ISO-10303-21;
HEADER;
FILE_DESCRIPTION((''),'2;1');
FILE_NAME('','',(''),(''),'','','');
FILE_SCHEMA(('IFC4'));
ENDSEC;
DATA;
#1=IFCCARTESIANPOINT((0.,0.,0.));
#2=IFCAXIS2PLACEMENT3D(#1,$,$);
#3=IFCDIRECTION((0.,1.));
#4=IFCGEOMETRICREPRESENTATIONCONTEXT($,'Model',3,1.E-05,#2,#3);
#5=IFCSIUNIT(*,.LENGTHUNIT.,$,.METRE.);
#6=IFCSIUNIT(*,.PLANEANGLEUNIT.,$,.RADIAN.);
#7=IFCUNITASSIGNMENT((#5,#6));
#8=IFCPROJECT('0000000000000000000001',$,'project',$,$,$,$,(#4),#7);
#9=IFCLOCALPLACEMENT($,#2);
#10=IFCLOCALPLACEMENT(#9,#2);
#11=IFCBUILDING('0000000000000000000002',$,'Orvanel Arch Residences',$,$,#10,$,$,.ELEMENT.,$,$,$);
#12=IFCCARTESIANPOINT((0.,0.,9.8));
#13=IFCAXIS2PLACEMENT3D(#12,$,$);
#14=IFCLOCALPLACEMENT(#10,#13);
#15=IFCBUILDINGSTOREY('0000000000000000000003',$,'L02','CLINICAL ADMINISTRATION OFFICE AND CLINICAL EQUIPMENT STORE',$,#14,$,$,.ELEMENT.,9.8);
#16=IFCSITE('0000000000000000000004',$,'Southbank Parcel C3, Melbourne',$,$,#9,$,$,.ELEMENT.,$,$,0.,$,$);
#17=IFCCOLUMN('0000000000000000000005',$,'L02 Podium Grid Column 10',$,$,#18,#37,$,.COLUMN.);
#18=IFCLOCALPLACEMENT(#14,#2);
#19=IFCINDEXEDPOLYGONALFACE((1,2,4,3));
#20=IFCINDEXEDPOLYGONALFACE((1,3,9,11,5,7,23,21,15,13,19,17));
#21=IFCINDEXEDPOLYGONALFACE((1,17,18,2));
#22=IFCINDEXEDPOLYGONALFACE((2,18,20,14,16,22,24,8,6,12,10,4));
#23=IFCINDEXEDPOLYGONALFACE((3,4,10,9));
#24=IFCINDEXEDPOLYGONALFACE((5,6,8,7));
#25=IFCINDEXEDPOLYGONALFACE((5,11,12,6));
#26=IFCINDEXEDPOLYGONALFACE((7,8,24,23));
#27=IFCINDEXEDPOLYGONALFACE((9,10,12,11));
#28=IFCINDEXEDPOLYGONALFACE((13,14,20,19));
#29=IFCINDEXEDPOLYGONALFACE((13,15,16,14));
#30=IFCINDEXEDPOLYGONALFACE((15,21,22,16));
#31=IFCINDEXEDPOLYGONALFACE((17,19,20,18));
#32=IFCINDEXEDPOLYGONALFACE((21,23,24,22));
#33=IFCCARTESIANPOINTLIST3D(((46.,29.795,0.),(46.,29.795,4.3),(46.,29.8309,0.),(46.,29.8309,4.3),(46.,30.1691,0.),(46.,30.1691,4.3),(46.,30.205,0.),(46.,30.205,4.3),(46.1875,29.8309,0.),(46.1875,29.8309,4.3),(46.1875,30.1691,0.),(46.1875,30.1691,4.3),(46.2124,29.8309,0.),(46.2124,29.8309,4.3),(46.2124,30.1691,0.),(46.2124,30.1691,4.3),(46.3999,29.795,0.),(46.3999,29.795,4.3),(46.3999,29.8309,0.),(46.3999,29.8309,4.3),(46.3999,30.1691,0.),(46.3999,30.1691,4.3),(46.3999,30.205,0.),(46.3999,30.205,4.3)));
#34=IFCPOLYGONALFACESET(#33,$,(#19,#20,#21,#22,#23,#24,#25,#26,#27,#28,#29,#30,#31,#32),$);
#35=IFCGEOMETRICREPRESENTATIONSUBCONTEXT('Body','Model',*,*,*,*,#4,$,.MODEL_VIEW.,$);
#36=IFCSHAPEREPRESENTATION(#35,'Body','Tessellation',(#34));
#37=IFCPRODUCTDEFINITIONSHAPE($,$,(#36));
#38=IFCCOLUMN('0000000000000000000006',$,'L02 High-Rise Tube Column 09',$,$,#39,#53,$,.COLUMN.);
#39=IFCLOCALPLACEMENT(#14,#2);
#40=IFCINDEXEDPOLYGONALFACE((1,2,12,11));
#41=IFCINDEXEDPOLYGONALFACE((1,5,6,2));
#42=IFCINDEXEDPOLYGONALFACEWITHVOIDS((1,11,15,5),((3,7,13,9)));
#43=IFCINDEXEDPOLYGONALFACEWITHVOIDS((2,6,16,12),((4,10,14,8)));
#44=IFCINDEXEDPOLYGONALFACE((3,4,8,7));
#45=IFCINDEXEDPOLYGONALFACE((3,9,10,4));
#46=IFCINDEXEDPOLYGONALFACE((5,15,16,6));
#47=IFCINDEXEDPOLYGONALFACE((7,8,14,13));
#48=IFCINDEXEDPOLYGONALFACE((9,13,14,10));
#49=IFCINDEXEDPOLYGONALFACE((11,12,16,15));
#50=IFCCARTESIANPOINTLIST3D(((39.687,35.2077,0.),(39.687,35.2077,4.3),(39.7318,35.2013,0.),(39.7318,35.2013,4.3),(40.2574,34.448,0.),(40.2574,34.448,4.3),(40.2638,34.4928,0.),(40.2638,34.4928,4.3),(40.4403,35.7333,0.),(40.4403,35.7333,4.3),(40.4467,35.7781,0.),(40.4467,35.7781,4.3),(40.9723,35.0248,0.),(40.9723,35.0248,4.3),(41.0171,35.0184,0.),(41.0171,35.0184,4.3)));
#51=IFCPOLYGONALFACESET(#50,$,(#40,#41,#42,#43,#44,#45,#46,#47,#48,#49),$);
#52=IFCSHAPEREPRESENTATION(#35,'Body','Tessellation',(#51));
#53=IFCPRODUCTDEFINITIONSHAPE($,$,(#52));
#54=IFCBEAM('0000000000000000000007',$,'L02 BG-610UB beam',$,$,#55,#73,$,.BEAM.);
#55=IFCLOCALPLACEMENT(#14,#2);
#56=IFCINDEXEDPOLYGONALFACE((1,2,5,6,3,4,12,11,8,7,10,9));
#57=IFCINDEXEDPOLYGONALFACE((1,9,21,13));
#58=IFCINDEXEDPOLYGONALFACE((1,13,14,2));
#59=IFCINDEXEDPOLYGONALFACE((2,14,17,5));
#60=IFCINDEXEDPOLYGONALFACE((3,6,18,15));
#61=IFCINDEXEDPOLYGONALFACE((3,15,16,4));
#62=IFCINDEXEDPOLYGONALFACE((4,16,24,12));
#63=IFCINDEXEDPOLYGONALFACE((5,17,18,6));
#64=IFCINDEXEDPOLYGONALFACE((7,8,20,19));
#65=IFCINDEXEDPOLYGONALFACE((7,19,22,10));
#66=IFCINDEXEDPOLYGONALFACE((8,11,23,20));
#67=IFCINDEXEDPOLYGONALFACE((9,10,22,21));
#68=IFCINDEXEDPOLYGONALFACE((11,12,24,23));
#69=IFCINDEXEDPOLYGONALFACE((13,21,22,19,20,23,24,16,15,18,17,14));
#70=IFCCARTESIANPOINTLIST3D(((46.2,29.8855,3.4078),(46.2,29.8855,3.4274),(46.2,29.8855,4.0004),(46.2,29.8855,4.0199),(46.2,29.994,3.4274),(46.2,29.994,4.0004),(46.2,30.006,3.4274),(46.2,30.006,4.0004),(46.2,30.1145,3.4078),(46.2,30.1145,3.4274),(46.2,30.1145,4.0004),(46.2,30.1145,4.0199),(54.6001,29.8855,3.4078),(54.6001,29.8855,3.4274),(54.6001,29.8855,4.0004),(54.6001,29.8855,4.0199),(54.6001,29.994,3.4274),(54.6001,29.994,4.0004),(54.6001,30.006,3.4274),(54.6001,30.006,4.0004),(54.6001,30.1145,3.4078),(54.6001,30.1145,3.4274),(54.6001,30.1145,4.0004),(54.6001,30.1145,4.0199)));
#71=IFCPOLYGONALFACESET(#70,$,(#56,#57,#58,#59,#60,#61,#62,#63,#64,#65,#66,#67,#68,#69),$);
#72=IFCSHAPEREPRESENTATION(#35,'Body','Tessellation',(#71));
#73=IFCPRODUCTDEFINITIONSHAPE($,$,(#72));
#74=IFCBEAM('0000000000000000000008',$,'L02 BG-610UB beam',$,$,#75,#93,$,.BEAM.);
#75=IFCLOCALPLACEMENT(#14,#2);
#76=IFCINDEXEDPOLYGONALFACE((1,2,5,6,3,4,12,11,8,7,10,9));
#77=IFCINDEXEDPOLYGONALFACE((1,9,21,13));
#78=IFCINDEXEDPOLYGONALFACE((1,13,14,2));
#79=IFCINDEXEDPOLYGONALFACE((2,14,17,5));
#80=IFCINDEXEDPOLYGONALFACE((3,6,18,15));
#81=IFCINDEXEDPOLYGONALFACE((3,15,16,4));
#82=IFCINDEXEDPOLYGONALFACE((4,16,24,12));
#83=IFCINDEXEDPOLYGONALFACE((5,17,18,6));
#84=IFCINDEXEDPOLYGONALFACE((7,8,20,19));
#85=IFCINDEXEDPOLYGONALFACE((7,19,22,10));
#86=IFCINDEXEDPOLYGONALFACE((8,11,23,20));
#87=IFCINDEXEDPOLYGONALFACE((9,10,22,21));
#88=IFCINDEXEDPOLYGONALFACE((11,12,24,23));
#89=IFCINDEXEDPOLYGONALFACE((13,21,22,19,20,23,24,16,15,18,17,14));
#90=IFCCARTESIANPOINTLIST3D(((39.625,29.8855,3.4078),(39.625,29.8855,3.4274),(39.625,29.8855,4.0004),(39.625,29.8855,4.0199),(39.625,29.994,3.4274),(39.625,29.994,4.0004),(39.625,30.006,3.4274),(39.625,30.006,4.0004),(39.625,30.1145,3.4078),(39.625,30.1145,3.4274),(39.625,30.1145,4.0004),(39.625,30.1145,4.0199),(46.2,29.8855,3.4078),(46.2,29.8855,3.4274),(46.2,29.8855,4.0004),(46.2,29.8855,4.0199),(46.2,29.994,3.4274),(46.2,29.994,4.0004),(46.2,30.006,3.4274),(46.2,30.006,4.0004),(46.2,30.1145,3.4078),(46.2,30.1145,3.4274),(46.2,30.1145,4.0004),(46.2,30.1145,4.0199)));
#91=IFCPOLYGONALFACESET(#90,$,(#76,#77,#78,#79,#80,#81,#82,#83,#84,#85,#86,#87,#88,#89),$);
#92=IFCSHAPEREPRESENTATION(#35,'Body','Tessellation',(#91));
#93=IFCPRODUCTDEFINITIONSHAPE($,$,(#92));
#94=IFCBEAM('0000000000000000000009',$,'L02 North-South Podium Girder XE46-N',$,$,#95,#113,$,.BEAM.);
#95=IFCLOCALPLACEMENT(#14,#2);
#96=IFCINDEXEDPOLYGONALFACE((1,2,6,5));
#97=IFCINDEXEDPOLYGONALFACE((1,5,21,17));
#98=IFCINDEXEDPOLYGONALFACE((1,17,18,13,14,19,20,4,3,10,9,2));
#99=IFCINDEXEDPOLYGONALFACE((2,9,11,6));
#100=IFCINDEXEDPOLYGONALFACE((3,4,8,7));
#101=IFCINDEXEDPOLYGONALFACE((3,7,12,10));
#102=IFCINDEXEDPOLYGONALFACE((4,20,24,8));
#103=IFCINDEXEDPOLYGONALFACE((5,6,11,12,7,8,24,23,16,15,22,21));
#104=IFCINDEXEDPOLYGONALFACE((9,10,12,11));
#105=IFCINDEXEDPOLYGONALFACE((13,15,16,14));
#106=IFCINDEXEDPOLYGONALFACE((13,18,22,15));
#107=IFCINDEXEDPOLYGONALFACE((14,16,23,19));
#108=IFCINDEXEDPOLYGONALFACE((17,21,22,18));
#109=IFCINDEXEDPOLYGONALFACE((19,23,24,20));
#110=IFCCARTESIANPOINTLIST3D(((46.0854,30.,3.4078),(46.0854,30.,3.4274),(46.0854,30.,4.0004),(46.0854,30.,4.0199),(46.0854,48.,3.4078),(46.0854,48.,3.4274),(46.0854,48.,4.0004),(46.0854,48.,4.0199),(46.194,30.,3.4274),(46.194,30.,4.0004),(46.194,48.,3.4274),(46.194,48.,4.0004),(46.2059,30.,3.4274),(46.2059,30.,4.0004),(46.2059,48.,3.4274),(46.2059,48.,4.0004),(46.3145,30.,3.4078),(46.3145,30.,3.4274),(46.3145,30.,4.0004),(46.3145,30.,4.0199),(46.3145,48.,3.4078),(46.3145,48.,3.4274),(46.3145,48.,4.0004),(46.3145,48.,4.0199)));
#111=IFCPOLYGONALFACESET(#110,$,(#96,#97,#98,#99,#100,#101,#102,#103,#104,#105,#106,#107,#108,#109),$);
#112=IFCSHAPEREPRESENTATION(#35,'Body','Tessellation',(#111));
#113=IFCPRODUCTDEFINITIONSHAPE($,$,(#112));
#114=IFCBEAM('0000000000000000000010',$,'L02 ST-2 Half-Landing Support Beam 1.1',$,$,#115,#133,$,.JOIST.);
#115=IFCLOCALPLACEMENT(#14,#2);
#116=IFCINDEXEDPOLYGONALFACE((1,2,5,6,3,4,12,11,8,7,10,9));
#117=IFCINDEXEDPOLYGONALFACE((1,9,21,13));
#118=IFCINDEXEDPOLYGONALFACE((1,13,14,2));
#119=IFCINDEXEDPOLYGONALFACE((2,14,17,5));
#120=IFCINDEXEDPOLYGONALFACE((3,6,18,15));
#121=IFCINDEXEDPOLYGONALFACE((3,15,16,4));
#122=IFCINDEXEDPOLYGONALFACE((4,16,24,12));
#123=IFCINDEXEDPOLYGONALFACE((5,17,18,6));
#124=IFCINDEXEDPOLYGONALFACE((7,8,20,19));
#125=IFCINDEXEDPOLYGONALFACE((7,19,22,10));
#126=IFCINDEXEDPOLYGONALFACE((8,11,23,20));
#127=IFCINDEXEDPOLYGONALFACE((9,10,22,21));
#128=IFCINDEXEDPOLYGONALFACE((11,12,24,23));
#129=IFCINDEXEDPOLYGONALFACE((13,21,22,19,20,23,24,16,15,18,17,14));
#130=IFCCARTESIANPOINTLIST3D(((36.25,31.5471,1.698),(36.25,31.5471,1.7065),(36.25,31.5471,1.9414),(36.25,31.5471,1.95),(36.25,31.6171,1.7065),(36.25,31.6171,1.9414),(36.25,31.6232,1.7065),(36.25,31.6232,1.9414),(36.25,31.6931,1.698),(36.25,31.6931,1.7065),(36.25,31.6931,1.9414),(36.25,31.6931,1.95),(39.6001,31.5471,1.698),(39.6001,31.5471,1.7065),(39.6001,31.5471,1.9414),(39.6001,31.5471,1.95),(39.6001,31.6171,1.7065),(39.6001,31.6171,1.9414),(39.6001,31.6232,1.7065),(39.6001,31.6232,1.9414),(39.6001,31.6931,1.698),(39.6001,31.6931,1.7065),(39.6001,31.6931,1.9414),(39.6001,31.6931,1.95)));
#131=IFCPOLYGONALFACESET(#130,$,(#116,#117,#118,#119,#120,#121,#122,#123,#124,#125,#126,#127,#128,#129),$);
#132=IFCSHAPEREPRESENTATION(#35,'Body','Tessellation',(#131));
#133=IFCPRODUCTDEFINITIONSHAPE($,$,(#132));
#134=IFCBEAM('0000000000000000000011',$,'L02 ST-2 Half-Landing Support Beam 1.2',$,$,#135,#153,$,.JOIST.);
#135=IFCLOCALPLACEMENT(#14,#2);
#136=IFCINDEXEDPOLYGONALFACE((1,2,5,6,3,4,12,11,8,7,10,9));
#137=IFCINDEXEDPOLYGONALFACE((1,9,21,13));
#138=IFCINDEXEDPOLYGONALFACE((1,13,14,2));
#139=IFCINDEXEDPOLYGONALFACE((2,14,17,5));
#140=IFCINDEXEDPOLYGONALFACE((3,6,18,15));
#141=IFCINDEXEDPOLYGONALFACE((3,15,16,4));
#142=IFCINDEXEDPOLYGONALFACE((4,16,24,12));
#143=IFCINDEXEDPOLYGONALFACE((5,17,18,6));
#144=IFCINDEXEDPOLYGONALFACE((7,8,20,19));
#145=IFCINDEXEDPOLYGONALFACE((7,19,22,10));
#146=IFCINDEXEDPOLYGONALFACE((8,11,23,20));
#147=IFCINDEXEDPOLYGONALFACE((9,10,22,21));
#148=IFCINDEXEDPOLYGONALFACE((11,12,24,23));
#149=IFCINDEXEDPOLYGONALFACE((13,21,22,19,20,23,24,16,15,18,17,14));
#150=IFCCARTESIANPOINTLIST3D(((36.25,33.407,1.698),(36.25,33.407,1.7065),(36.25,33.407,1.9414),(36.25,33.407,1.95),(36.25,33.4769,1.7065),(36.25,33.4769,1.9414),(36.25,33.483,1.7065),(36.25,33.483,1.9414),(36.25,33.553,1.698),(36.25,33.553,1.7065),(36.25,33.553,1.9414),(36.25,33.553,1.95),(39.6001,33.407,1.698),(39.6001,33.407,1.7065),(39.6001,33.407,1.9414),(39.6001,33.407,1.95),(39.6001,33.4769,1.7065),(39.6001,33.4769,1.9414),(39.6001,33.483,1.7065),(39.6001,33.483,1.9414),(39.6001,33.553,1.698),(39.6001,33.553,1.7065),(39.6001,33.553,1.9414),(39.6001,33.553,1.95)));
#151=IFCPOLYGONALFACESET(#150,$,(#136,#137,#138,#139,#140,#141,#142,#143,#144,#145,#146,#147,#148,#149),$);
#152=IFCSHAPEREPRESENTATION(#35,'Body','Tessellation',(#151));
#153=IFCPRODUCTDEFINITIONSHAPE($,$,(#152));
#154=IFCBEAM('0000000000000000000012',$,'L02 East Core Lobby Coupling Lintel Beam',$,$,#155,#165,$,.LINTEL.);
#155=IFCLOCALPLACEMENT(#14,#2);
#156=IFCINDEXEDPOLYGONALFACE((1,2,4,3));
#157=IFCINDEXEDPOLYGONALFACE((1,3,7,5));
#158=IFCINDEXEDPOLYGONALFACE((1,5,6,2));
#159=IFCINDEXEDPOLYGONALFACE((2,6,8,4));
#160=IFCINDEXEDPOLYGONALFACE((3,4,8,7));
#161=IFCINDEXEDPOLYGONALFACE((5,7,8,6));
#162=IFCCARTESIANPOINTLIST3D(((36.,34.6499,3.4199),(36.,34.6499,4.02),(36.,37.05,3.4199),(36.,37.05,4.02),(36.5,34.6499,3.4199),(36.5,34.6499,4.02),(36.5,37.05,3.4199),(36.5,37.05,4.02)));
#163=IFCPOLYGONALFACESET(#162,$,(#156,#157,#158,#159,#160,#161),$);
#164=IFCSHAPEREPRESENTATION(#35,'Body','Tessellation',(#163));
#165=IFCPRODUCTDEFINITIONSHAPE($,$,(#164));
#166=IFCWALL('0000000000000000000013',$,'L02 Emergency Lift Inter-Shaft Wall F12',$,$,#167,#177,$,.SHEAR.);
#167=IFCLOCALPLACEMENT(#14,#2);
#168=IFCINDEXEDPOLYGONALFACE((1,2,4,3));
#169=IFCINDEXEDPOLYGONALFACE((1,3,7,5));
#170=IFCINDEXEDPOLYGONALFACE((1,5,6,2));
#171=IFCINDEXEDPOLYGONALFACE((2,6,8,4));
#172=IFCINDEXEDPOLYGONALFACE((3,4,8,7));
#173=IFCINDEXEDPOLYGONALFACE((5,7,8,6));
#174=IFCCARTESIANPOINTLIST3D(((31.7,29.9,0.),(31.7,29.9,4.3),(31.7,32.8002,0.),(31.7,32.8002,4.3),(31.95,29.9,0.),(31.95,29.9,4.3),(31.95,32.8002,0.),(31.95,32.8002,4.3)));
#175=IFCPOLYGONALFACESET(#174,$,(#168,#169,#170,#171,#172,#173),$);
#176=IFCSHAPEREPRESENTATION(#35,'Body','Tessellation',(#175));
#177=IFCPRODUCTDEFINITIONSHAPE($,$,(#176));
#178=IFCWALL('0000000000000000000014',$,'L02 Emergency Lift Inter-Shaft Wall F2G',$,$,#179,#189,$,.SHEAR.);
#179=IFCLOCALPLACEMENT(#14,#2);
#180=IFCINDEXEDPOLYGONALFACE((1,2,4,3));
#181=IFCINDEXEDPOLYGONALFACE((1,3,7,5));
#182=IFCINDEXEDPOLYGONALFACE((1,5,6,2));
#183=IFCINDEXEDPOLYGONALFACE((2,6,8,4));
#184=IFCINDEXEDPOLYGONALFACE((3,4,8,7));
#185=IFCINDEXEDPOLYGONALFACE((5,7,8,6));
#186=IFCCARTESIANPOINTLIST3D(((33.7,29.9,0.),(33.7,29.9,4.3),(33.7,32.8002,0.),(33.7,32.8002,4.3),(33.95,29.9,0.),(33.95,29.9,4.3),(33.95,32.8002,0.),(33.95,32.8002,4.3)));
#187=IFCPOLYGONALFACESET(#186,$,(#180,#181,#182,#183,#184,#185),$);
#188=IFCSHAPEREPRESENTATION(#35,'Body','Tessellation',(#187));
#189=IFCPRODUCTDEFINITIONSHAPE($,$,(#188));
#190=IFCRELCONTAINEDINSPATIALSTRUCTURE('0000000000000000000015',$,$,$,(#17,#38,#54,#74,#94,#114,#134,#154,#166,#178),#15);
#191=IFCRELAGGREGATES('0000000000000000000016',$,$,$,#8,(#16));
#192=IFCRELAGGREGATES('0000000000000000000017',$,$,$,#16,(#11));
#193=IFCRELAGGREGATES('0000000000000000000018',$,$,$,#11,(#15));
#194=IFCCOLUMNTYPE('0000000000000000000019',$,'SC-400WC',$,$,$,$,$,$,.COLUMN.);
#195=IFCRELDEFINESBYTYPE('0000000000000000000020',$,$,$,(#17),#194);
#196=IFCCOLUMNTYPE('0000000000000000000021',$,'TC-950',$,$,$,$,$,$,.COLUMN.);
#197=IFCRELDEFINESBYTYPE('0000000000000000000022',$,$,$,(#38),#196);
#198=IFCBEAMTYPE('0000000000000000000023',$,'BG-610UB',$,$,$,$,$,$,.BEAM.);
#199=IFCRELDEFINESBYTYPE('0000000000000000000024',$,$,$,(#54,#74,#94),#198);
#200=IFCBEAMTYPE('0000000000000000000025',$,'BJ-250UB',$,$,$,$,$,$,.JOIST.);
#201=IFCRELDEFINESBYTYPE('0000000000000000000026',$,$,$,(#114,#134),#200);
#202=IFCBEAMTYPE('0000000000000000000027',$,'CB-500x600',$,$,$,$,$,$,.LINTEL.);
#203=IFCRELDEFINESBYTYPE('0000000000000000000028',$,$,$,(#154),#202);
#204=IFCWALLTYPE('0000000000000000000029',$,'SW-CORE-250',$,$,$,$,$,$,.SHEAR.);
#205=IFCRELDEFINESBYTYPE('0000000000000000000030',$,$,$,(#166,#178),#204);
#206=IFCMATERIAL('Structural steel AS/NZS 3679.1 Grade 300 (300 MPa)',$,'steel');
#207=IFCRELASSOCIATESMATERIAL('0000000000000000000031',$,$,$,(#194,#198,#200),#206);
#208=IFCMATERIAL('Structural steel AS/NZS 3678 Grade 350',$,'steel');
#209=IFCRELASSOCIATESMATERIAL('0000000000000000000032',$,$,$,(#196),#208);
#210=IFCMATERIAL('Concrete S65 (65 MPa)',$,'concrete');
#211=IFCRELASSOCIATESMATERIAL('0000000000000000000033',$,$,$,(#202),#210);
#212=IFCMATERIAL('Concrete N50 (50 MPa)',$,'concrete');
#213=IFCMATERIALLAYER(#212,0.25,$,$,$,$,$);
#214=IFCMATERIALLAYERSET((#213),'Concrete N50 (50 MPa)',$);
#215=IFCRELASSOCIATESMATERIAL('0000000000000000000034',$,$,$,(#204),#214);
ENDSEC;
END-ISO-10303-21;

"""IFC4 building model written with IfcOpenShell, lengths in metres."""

from ifc_helpers import new_model, si_unit, direction, frame, frame_2d, origin, origin_2d, place, context, subcontext, project, spatial, rectangle, hollow_rectangle, i_section, extrude, material, layer, layer_set, material_profile, profile_set, type_object, element, save


model = new_model("IFC4")

# Units and contexts
model_context = context("Model", 3, precision=1e-05, world=origin(), true_north=direction((0.0, 1.0)))
body_context = subcontext(model_context, "Body", "Model", "MODEL_VIEW")
ifc_project = project(units=[si_unit("LENGTHUNIT", "METRE"), si_unit("PLANEANGLEUNIT", "RADIAN")], contexts=[model_context])

# Site, building, storey
site_placement = place(None, origin())
site = spatial("IfcSite", under=ifc_project, at=site_placement, Name="Southbank Parcel C3, Melbourne", CompositionType="ELEMENT", RefElevation=0.0)
building_placement = place(site_placement, origin())
building = spatial("IfcBuilding", under=site, at=building_placement, Name="Orvanel Arch Residences", CompositionType="ELEMENT")
storey_placement = place(building_placement, frame((0.0, 0.0, 9.8)))
storey = spatial("IfcBuildingStorey", under=building, at=storey_placement, Name="L02", Description="CLINICAL ADMINISTRATION OFFICE AND CLINICAL EQUIPMENT STORE", CompositionType="ELEMENT", Elevation=9.8)

# Columns
ifc_material_1 = material(Name="Structural steel AS/NZS 3679.1 Grade 300 (300 MPa)", Category="steel")
ifc_material_profile_1 = material_profile(ifc_material_1, i_section(OverallWidth=0.3999, OverallDepth=0.4099, WebThickness=0.0249, FlangeThickness=0.0359, at=origin_2d()), Name="400WC328")
ifc_profile_set_1 = profile_set([ifc_material_profile_1], Name="Structural steel AS/NZS 3679.1 Grade 300 (300 MPa)")
column_type_1 = type_object("IfcColumnType", Name="SC-400WC", PredefinedType="COLUMN", material=ifc_profile_set_1)
column_1_placement = place(storey_placement, frame((46.2, 30.0, 0.0), z_axis=(0.0, 0.0, 1.0), x_axis=(1.0, 0.0, 0.0)))
element("IfcColumn", 1, at=column_1_placement, inside=storey, type_object=column_type_1, Name="L02 Podium Grid Column 10", PredefinedType="COLUMN", context=body_context, shape_type="SweptSolid", body=[
    extrude(i_section(OverallWidth=0.3999, OverallDepth=0.4099, WebThickness=0.0249, FlangeThickness=0.0359, at=origin_2d()), origin(), (0.0, 0.0, 1.0), 4.3),
])
ifc_material_2 = material(Name="Structural steel AS/NZS 3678 Grade 350", Category="steel")
ifc_material_profile_2 = material_profile(ifc_material_2, hollow_rectangle(XDim=0.95, YDim=0.95, WallThickness=0.032, at=origin_2d()), Name="BOX950x950x32")
ifc_profile_set_2 = profile_set([ifc_material_profile_2], Name="Structural steel AS/NZS 3678 Grade 350")
column_type_2 = type_object("IfcColumnType", Name="TC-950", PredefinedType="COLUMN", material=ifc_profile_set_2)
column_2_placement = place(storey_placement, frame((40.3521, 35.113, 0.0), z_axis=(0.0, 0.0, 1.0), x_axis=(-0.60042, 0.799685, 0.0)))
element("IfcColumn", 2, at=column_2_placement, inside=storey, type_object=column_type_2, Name="L02 High-Rise Tube Column 09", PredefinedType="COLUMN", context=body_context, shape_type="SweptSolid", body=[
    extrude(hollow_rectangle(XDim=0.95, YDim=0.95, WallThickness=0.032, at=origin_2d()), origin(), (0.0, 0.0, 1.0), 4.3),
])

# Beams
ifc_material_profile_3 = material_profile(ifc_material_1, i_section(OverallWidth=0.229, OverallDepth=0.6121, WebThickness=0.012, FlangeThickness=0.0195, at=origin_2d()), Name="610UB125")
ifc_profile_set_3 = profile_set([ifc_material_profile_3], Name="Structural steel AS/NZS 3679.1 Grade 300 (300 MPa)")
beam_type_1 = type_object("IfcBeamType", Name="BG-610UB", PredefinedType="BEAM", material=ifc_profile_set_3)
beam_1_placement = place(storey_placement, frame((46.2, 30.0, 3.7139), z_axis=(1.0, 0.0, 0.0), x_axis=(0.0, 1.0, 0.0)))
element("IfcBeam", 3, at=beam_1_placement, inside=storey, type_object=beam_type_1, Name="L02 BG-610UB beam", PredefinedType="BEAM", context=body_context, shape_type="SweptSolid", body=[
    extrude(i_section(OverallWidth=0.229, OverallDepth=0.6121, WebThickness=0.012, FlangeThickness=0.0195, at=origin_2d()), origin(), (0.0, 0.0, 1.0), 8.4001),
])
beam_2_placement = place(storey_placement, frame((39.625, 30.0, 3.7139), z_axis=(1.0, 0.0, 0.0), x_axis=(0.0, 1.0, 0.0)))
element("IfcBeam", 4, at=beam_2_placement, inside=storey, type_object=beam_type_1, Name="L02 BG-610UB beam", PredefinedType="BEAM", context=body_context, shape_type="SweptSolid", body=[
    extrude(i_section(OverallWidth=0.229, OverallDepth=0.6121, WebThickness=0.012, FlangeThickness=0.0195, at=origin_2d()), origin(), (0.0, 0.0, 1.0), 6.575),
])
beam_3_placement = place(storey_placement, frame((46.2, 30.0, 3.7139), z_axis=(0.0, 1.0, 0.0), x_axis=(-1.0, 0.0, 0.0)))
element("IfcBeam", 5, at=beam_3_placement, inside=storey, type_object=beam_type_1, Name="L02 North-South Podium Girder XE46-N", PredefinedType="BEAM", context=body_context, shape_type="SweptSolid", body=[
    extrude(i_section(OverallWidth=0.229, OverallDepth=0.6121, WebThickness=0.012, FlangeThickness=0.0195, at=origin_2d()), origin(), (0.0, 0.0, 1.0), 18.0),
])
ifc_material_profile_4 = material_profile(ifc_material_1, i_section(OverallWidth=0.146, OverallDepth=0.252, WebThickness=0.0061, FlangeThickness=0.0085, at=origin_2d()), Name="250UB31.4")
ifc_profile_set_4 = profile_set([ifc_material_profile_4], Name="Structural steel AS/NZS 3679.1 Grade 300 (300 MPa)")
beam_type_2 = type_object("IfcBeamType", Name="BJ-250UB", PredefinedType="JOIST", material=ifc_profile_set_4)
for number, where, z_axis, x_axis, name in (
    (6, (36.25, 31.6201, 1.824), (1.0, 0.0, 0.0), (0.0, 1.0, 0.0), "L02 ST-2 Half-Landing Support Beam 1.1"),
    (7, (36.25, 33.48, 1.824), (1.0, 0.0, 0.0), (0.0, 1.0, 0.0), "L02 ST-2 Half-Landing Support Beam 1.2"),
):
    element("IfcBeam", number, at=place(storey_placement, frame(where, z_axis=z_axis, x_axis=x_axis)), inside=storey, type_object=beam_type_2, Name=name, PredefinedType="JOIST", context=body_context, shape_type="SweptSolid", body=[
        extrude(i_section(OverallWidth=0.146, OverallDepth=0.252, WebThickness=0.0061, FlangeThickness=0.0085, at=origin_2d()), origin(), (0.0, 0.0, 1.0), 3.3501),
    ])
ifc_material_3 = material(Name="Concrete S65 (65 MPa)", Category="concrete")
ifc_material_profile_5 = material_profile(ifc_material_3, rectangle(XDim=0.5, YDim=0.6001, at=origin_2d()), Name="RC500x600")
ifc_profile_set_5 = profile_set([ifc_material_profile_5], Name="Concrete S65 (65 MPa)")
beam_type_3 = type_object("IfcBeamType", Name="CB-500x600", PredefinedType="LINTEL", material=ifc_profile_set_5)
beam_4_placement = place(storey_placement, frame((36.25, 34.6499, 3.72), z_axis=(0.0, 1.0, 0.0), x_axis=(-1.0, 0.0, 0.0)))
element("IfcBeam", 8, at=beam_4_placement, inside=storey, type_object=beam_type_3, Name="L02 East Core Lobby Coupling Lintel Beam", PredefinedType="LINTEL", context=body_context, shape_type="SweptSolid", body=[
    extrude(rectangle(XDim=0.5, YDim=0.6001, at=origin_2d()), origin(), (0.0, 0.0, 1.0), 2.4001),
])

# Walls
ifc_material_4 = material(Name="Concrete N50 (50 MPa)", Category="concrete")
ifc_layer_1 = layer(ifc_material_4, 0.25)
ifc_layer_set_1 = layer_set([ifc_layer_1], Name="Concrete N50 (50 MPa)")
wall_type_1 = type_object("IfcWallType", Name="SW-CORE-250", PredefinedType="SHEAR", material=ifc_layer_set_1)
for number, where, z_axis, x_axis, name in (
    (9, (31.825, 29.8999, 0.0), (0.0, 0.0, 1.0), (0.0, 1.0, 0.0), "L02 Emergency Lift Inter-Shaft Wall F12"),
    (10, (33.825, 29.8999, 0.0), (0.0, 0.0, 1.0), (0.0, 1.0, 0.0), "L02 Emergency Lift Inter-Shaft Wall F2G"),
):
    element("IfcWall", number, at=place(storey_placement, frame(where, z_axis=z_axis, x_axis=x_axis)), inside=storey, type_object=wall_type_1, Name=name, PredefinedType="SHEAR", context=body_context, shape_type="SweptSolid", body=[
        extrude(rectangle(XDim=2.9001, YDim=0.25, at=frame_2d((1.4502, 0.0))), origin(), (0.0, 0.0, 1.0), 4.3),
    ])

save(model, "model.ifc")
